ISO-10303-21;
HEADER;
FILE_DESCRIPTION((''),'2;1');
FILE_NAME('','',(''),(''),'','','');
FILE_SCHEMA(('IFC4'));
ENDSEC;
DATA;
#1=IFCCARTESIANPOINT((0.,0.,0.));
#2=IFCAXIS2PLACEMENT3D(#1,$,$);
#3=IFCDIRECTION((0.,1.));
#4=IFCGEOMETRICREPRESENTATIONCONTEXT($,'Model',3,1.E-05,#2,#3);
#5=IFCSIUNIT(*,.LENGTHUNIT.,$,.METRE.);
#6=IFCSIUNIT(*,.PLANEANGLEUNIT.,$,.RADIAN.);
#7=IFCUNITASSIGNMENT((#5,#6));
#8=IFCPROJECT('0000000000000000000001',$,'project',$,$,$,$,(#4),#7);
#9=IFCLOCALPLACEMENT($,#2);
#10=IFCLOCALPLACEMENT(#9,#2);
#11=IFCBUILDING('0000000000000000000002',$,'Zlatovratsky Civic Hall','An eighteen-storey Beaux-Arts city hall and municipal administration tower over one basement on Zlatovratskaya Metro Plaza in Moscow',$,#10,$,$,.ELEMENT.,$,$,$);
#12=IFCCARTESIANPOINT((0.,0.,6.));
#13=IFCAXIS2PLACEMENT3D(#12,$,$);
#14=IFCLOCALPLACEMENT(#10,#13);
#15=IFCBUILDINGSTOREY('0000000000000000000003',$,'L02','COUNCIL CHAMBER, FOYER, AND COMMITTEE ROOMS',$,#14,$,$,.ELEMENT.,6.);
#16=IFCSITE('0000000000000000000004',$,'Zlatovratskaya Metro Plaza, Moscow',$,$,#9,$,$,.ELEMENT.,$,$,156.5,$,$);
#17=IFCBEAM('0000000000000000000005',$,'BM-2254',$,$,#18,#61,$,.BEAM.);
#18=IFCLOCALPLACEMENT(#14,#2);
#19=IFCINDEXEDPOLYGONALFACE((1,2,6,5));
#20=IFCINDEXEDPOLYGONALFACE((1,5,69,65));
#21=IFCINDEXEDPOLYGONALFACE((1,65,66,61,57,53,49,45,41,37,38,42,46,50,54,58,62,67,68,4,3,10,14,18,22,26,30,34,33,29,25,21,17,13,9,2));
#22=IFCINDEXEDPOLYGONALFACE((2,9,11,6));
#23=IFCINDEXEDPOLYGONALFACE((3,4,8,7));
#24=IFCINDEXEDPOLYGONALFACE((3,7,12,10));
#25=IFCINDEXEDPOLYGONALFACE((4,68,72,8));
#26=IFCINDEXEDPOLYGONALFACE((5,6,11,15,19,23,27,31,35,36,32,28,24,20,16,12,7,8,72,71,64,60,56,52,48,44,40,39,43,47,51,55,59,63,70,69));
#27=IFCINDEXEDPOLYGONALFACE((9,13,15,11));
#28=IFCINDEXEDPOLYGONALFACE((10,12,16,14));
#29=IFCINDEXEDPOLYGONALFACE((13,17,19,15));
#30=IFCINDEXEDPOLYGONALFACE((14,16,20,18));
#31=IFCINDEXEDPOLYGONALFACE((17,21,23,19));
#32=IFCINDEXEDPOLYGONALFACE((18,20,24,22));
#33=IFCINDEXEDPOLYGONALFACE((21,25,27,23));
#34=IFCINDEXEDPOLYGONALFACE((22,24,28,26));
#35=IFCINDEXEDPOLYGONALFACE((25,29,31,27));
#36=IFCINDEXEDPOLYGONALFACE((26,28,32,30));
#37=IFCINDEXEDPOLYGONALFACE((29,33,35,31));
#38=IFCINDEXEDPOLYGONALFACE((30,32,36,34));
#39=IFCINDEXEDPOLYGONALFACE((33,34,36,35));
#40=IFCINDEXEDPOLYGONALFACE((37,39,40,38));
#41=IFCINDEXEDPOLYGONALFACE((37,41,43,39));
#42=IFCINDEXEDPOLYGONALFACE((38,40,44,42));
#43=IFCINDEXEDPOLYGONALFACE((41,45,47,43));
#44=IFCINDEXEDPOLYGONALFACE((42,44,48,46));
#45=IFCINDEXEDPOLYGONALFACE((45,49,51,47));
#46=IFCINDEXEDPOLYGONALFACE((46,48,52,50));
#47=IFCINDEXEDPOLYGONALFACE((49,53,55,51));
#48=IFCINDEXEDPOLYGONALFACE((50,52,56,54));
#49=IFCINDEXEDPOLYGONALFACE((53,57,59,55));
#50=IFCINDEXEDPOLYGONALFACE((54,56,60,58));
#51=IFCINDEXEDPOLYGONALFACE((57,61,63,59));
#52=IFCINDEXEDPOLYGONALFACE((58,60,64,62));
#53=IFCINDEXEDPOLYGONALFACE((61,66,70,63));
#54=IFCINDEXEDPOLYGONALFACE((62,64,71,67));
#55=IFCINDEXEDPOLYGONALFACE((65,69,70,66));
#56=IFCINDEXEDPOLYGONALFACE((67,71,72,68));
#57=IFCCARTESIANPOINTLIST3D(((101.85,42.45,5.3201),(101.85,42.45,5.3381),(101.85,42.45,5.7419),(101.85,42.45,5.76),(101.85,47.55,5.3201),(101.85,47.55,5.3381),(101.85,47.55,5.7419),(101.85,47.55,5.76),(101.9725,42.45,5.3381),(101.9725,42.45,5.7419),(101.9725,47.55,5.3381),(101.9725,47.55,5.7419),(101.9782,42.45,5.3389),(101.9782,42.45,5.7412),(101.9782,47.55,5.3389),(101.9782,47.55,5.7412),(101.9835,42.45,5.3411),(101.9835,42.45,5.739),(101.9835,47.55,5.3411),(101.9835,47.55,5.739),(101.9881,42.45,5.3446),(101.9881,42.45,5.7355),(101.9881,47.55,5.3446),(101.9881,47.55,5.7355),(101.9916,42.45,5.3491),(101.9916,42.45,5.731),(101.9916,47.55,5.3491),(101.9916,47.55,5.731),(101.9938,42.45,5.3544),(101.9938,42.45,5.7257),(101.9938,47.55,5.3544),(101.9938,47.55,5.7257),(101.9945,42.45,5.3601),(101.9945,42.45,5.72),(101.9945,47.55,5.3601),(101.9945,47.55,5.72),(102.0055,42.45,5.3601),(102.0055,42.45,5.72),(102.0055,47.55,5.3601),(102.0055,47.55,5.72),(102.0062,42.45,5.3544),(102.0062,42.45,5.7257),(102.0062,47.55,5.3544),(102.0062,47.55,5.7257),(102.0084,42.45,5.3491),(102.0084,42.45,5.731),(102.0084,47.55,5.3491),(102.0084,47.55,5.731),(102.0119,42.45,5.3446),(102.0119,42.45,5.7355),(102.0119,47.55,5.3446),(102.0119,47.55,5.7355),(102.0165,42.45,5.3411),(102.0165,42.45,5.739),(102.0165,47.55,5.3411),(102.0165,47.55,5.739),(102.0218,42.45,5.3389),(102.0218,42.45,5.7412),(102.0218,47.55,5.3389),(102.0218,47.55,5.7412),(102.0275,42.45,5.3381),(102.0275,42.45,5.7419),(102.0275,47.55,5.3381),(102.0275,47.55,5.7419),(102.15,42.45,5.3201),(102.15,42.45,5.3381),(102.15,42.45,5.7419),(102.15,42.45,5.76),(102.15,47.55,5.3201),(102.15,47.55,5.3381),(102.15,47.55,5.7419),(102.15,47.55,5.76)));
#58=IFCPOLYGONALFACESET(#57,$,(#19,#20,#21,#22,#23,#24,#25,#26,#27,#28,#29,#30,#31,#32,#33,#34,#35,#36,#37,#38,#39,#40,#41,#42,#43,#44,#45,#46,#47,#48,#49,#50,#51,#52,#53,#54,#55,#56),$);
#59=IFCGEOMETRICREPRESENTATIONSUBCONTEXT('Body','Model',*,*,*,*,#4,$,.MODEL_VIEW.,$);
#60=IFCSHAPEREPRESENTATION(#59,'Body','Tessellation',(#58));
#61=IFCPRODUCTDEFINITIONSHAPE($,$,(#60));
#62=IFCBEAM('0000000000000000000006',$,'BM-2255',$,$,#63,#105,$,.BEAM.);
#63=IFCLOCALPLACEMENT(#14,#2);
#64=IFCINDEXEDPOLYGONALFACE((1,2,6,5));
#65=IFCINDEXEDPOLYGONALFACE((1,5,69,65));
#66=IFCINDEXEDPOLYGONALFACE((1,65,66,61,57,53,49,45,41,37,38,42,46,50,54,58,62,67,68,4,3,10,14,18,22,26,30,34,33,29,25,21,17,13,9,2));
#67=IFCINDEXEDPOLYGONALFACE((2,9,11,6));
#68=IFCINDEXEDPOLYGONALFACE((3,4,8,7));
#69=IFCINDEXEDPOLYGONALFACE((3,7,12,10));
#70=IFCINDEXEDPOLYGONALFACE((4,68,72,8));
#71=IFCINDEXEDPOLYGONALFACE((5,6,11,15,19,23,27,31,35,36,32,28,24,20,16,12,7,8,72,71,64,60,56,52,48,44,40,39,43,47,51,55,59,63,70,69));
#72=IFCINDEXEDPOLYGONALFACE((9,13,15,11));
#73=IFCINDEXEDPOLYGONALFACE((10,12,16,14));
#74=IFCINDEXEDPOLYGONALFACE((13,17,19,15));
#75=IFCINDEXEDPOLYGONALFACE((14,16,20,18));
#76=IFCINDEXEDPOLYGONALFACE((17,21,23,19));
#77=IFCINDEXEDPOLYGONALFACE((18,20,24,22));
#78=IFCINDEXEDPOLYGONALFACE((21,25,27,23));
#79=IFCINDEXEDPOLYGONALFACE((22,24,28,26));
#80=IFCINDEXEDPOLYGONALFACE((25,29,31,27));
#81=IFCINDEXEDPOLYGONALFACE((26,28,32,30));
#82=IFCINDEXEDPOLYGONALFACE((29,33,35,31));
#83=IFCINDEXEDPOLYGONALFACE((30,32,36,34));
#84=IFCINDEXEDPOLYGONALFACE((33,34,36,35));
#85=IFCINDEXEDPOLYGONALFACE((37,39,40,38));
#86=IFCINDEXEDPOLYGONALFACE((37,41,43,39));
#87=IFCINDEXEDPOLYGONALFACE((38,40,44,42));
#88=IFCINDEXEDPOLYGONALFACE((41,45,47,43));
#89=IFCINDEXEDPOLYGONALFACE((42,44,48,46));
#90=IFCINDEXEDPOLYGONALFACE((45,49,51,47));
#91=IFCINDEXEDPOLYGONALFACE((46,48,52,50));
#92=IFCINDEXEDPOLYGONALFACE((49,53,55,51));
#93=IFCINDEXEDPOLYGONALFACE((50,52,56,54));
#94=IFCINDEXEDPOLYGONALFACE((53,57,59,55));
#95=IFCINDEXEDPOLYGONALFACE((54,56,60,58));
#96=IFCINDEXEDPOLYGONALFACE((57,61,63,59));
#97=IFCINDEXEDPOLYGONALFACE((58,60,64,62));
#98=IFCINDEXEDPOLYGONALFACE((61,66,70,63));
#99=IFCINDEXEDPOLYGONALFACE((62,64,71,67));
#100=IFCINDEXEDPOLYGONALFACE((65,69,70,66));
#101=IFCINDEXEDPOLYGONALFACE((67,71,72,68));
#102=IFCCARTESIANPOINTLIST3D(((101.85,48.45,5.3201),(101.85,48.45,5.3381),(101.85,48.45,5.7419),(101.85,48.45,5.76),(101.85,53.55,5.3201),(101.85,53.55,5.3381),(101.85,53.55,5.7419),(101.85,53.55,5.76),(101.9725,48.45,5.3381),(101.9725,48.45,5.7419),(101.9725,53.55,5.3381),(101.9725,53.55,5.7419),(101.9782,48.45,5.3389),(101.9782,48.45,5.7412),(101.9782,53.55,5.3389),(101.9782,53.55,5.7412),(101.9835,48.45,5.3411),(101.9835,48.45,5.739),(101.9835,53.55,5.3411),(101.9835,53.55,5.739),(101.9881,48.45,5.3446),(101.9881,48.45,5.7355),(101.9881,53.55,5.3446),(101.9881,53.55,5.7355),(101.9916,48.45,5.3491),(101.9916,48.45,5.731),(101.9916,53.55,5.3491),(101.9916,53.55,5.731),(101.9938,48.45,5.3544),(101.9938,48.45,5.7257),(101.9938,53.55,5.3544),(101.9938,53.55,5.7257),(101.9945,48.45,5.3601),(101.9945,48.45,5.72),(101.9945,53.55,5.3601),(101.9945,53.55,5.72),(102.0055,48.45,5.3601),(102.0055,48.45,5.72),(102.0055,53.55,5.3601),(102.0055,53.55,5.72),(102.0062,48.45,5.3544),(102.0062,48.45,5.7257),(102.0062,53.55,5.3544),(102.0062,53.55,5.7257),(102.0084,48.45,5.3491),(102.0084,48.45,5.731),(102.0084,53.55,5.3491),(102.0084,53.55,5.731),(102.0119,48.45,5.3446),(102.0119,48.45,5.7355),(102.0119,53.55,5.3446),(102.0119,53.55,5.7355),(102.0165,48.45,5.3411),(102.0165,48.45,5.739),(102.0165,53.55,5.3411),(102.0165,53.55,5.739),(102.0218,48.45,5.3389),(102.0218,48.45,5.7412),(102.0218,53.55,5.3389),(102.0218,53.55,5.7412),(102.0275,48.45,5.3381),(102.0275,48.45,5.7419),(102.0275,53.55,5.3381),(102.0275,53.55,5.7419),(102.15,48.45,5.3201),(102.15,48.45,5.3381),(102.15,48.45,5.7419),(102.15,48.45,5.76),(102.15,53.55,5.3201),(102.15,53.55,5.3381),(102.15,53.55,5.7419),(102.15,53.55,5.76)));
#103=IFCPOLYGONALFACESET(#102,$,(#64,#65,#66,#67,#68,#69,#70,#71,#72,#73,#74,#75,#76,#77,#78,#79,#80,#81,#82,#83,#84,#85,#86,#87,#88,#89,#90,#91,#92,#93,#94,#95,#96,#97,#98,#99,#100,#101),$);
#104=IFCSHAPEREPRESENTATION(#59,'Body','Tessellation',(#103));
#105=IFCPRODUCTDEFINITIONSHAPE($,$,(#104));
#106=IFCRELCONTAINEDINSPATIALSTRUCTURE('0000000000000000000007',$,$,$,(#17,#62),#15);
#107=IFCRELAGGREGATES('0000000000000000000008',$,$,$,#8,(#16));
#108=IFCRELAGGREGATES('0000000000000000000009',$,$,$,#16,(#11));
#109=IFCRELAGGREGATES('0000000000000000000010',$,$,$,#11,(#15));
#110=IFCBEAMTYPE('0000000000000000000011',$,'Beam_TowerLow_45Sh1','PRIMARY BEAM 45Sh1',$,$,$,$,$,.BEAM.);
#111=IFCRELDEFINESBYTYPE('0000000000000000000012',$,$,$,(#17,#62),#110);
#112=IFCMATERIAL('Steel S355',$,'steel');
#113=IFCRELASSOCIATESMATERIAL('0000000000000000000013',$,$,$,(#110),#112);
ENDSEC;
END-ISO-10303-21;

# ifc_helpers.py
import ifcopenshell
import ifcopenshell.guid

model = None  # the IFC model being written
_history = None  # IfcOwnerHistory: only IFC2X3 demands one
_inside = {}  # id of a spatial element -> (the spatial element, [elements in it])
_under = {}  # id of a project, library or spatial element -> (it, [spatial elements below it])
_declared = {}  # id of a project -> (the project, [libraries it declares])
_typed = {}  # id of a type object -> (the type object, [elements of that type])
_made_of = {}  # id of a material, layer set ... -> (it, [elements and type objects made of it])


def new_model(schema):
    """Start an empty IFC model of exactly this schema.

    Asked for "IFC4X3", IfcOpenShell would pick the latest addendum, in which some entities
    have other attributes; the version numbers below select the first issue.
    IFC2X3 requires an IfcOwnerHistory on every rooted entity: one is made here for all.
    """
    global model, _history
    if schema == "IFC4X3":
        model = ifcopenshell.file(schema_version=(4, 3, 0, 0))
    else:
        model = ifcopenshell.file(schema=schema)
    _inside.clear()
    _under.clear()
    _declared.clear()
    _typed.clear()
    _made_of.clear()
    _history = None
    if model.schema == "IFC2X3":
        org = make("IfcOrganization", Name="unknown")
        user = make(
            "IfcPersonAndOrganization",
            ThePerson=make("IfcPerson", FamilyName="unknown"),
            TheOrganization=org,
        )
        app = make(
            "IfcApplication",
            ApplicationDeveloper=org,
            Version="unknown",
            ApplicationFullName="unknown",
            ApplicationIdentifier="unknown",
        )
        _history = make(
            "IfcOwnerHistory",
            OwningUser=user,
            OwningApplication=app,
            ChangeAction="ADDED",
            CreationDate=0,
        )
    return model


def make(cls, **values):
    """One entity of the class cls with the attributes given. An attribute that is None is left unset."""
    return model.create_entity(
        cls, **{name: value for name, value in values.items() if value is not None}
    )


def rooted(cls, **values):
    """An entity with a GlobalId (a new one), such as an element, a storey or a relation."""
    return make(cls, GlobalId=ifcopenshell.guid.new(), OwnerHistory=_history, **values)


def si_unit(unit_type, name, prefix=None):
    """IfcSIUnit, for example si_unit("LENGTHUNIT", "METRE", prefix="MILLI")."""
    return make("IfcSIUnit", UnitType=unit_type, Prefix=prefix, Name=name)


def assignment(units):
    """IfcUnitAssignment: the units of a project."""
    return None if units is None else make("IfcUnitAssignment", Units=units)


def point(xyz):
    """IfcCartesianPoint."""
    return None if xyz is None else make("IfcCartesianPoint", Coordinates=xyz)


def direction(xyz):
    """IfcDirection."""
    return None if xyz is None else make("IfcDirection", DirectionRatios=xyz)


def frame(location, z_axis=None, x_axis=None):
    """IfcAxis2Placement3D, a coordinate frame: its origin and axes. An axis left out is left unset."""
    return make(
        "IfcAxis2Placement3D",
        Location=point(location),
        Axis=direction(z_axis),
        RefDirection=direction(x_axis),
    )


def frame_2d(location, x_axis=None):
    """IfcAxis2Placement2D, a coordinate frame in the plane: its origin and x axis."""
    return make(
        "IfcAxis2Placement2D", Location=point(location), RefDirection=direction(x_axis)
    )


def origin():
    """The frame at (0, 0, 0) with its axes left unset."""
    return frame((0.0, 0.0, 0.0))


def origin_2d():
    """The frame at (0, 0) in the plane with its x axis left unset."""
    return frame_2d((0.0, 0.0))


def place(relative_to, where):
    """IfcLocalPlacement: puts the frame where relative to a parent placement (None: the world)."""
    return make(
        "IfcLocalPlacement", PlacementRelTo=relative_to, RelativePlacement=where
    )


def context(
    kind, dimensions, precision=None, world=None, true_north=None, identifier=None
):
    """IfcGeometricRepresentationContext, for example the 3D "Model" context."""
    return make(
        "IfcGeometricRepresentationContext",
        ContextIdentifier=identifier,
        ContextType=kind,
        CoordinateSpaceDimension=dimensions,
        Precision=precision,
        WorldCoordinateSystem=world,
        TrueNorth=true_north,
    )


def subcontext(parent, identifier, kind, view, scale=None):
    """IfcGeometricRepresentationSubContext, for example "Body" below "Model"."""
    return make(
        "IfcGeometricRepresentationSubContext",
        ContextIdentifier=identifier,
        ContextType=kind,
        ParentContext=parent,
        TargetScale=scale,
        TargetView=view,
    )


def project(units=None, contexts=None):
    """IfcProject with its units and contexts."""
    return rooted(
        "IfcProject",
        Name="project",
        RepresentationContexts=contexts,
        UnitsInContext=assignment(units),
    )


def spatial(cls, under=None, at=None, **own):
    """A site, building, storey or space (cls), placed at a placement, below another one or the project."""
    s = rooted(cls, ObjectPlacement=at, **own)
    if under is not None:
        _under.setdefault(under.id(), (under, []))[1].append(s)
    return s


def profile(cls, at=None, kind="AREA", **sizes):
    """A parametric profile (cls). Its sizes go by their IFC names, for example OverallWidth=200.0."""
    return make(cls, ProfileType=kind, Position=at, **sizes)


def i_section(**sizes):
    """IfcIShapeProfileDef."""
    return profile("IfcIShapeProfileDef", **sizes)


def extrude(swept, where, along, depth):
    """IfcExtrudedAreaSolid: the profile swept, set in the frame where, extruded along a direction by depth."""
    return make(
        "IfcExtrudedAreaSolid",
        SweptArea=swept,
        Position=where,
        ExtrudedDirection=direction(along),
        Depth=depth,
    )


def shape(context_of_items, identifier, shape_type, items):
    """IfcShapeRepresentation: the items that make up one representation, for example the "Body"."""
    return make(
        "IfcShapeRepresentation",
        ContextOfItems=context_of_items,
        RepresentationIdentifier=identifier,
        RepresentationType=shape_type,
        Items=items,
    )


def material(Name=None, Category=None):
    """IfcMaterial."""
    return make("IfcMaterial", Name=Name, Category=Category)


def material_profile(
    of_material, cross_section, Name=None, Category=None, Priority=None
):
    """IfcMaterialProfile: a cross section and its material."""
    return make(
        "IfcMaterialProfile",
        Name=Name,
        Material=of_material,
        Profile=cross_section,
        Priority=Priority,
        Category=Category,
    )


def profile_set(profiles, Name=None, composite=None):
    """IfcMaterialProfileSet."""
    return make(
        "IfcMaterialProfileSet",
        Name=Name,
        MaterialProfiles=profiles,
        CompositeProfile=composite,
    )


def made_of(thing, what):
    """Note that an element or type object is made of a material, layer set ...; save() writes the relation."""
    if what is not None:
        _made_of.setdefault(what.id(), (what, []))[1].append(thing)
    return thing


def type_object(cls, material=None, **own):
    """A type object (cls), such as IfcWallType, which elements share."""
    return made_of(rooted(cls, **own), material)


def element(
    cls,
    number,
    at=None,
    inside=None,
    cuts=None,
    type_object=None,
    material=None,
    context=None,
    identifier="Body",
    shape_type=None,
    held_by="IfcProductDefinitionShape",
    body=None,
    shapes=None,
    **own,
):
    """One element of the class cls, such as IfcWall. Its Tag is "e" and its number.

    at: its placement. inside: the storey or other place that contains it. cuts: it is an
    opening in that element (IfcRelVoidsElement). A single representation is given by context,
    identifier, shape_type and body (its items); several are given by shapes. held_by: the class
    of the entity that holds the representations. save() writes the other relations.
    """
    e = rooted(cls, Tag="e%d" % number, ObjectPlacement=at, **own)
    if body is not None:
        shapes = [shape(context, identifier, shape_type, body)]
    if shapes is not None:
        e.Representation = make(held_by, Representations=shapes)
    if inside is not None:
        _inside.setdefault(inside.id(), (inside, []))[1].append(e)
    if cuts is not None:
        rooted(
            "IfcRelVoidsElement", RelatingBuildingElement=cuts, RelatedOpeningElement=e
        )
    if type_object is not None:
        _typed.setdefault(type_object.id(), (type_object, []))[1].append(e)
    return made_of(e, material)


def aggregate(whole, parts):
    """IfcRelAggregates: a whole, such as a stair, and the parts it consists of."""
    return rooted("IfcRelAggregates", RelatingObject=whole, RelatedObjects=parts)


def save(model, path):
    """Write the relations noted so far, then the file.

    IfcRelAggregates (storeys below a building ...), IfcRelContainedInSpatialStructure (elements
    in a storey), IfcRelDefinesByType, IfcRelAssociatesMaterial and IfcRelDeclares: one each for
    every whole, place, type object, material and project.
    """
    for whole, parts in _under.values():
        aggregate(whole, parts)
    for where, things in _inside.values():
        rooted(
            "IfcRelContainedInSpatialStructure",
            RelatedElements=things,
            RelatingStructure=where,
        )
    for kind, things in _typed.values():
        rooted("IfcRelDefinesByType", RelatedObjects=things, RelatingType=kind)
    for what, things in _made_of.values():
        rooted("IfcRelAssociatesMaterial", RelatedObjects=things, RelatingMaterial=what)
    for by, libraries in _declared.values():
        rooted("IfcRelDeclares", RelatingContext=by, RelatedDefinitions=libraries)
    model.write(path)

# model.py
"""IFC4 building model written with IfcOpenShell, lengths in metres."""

from ifc_helpers import new_model, si_unit, direction, frame, origin, origin_2d, place, context, subcontext, project, spatial, i_section, extrude, material, material_profile, profile_set, type_object, element, save


model = new_model("IFC4")

# Units and contexts
model_context = context("Model", 3, precision=1e-05, world=origin(), true_north=direction((0.0, 1.0)))
body_context = subcontext(model_context, "Body", "Model", "MODEL_VIEW")
ifc_project = project(units=[si_unit("LENGTHUNIT", "METRE"), si_unit("PLANEANGLEUNIT", "RADIAN")], contexts=[model_context])

# Site, building, storey
site_placement = place(None, origin())
site = spatial("IfcSite", under=ifc_project, at=site_placement, Name="Zlatovratskaya Metro Plaza, Moscow", CompositionType="ELEMENT", RefElevation=156.5)
building_placement = place(site_placement, origin())
building = spatial("IfcBuilding", under=site, at=building_placement, Name="Zlatovratsky Civic Hall", Description="An eighteen-storey Beaux-Arts city hall and municipal administration tower over one basement on Zlatovratskaya Metro Plaza in Moscow", CompositionType="ELEMENT")
storey_placement = place(building_placement, frame((0.0, 0.0, 6.0)))
storey = spatial("IfcBuildingStorey", under=building, at=storey_placement, Name="L02", Description="COUNCIL CHAMBER, FOYER, AND COMMITTEE ROOMS", CompositionType="ELEMENT", Elevation=6.0)

# Shared definitions
ifc_material_1 = material(Name="Steel S355", Category="steel")

# Beams
ifc_material_profile_1 = material_profile(ifc_material_1, i_section(OverallWidth=0.3, OverallDepth=0.4399, WebThickness=0.011, FlangeThickness=0.0181, FilletRadius=0.022, at=origin_2d()), Name="45Sh1")
ifc_profile_set_1 = profile_set([ifc_material_profile_1], Name="Steel S355")
beam_type = type_object("IfcBeamType", Name="Beam_TowerLow_45Sh1", Description="PRIMARY BEAM 45Sh1", PredefinedType="BEAM", material=ifc_profile_set_1)
for number, where, z_axis, x_axis, name in (
    (1, (102.0, 42.45, 5.54), (0.0, 1.0, 0.0), (-1.0, 0.0, 0.0), "BM-2254"),
    (2, (102.0, 48.45, 5.54), (0.0, 1.0, 0.0), (-1.0, 0.0, 0.0), "BM-2255"),
):
    element("IfcBeam", number, at=place(storey_placement, frame(where, z_axis=z_axis, x_axis=x_axis)), inside=storey, type_object=beam_type, Name=name, PredefinedType="BEAM", context=body_context, shape_type="SweptSolid", body=[
        extrude(i_section(OverallWidth=0.3, OverallDepth=0.4399, WebThickness=0.011, FlangeThickness=0.0181, FilletRadius=0.022, at=origin_2d()), origin(), (0.0, 0.0, 1.0), 5.1001),
    ])

save(model, "model.ifc")
